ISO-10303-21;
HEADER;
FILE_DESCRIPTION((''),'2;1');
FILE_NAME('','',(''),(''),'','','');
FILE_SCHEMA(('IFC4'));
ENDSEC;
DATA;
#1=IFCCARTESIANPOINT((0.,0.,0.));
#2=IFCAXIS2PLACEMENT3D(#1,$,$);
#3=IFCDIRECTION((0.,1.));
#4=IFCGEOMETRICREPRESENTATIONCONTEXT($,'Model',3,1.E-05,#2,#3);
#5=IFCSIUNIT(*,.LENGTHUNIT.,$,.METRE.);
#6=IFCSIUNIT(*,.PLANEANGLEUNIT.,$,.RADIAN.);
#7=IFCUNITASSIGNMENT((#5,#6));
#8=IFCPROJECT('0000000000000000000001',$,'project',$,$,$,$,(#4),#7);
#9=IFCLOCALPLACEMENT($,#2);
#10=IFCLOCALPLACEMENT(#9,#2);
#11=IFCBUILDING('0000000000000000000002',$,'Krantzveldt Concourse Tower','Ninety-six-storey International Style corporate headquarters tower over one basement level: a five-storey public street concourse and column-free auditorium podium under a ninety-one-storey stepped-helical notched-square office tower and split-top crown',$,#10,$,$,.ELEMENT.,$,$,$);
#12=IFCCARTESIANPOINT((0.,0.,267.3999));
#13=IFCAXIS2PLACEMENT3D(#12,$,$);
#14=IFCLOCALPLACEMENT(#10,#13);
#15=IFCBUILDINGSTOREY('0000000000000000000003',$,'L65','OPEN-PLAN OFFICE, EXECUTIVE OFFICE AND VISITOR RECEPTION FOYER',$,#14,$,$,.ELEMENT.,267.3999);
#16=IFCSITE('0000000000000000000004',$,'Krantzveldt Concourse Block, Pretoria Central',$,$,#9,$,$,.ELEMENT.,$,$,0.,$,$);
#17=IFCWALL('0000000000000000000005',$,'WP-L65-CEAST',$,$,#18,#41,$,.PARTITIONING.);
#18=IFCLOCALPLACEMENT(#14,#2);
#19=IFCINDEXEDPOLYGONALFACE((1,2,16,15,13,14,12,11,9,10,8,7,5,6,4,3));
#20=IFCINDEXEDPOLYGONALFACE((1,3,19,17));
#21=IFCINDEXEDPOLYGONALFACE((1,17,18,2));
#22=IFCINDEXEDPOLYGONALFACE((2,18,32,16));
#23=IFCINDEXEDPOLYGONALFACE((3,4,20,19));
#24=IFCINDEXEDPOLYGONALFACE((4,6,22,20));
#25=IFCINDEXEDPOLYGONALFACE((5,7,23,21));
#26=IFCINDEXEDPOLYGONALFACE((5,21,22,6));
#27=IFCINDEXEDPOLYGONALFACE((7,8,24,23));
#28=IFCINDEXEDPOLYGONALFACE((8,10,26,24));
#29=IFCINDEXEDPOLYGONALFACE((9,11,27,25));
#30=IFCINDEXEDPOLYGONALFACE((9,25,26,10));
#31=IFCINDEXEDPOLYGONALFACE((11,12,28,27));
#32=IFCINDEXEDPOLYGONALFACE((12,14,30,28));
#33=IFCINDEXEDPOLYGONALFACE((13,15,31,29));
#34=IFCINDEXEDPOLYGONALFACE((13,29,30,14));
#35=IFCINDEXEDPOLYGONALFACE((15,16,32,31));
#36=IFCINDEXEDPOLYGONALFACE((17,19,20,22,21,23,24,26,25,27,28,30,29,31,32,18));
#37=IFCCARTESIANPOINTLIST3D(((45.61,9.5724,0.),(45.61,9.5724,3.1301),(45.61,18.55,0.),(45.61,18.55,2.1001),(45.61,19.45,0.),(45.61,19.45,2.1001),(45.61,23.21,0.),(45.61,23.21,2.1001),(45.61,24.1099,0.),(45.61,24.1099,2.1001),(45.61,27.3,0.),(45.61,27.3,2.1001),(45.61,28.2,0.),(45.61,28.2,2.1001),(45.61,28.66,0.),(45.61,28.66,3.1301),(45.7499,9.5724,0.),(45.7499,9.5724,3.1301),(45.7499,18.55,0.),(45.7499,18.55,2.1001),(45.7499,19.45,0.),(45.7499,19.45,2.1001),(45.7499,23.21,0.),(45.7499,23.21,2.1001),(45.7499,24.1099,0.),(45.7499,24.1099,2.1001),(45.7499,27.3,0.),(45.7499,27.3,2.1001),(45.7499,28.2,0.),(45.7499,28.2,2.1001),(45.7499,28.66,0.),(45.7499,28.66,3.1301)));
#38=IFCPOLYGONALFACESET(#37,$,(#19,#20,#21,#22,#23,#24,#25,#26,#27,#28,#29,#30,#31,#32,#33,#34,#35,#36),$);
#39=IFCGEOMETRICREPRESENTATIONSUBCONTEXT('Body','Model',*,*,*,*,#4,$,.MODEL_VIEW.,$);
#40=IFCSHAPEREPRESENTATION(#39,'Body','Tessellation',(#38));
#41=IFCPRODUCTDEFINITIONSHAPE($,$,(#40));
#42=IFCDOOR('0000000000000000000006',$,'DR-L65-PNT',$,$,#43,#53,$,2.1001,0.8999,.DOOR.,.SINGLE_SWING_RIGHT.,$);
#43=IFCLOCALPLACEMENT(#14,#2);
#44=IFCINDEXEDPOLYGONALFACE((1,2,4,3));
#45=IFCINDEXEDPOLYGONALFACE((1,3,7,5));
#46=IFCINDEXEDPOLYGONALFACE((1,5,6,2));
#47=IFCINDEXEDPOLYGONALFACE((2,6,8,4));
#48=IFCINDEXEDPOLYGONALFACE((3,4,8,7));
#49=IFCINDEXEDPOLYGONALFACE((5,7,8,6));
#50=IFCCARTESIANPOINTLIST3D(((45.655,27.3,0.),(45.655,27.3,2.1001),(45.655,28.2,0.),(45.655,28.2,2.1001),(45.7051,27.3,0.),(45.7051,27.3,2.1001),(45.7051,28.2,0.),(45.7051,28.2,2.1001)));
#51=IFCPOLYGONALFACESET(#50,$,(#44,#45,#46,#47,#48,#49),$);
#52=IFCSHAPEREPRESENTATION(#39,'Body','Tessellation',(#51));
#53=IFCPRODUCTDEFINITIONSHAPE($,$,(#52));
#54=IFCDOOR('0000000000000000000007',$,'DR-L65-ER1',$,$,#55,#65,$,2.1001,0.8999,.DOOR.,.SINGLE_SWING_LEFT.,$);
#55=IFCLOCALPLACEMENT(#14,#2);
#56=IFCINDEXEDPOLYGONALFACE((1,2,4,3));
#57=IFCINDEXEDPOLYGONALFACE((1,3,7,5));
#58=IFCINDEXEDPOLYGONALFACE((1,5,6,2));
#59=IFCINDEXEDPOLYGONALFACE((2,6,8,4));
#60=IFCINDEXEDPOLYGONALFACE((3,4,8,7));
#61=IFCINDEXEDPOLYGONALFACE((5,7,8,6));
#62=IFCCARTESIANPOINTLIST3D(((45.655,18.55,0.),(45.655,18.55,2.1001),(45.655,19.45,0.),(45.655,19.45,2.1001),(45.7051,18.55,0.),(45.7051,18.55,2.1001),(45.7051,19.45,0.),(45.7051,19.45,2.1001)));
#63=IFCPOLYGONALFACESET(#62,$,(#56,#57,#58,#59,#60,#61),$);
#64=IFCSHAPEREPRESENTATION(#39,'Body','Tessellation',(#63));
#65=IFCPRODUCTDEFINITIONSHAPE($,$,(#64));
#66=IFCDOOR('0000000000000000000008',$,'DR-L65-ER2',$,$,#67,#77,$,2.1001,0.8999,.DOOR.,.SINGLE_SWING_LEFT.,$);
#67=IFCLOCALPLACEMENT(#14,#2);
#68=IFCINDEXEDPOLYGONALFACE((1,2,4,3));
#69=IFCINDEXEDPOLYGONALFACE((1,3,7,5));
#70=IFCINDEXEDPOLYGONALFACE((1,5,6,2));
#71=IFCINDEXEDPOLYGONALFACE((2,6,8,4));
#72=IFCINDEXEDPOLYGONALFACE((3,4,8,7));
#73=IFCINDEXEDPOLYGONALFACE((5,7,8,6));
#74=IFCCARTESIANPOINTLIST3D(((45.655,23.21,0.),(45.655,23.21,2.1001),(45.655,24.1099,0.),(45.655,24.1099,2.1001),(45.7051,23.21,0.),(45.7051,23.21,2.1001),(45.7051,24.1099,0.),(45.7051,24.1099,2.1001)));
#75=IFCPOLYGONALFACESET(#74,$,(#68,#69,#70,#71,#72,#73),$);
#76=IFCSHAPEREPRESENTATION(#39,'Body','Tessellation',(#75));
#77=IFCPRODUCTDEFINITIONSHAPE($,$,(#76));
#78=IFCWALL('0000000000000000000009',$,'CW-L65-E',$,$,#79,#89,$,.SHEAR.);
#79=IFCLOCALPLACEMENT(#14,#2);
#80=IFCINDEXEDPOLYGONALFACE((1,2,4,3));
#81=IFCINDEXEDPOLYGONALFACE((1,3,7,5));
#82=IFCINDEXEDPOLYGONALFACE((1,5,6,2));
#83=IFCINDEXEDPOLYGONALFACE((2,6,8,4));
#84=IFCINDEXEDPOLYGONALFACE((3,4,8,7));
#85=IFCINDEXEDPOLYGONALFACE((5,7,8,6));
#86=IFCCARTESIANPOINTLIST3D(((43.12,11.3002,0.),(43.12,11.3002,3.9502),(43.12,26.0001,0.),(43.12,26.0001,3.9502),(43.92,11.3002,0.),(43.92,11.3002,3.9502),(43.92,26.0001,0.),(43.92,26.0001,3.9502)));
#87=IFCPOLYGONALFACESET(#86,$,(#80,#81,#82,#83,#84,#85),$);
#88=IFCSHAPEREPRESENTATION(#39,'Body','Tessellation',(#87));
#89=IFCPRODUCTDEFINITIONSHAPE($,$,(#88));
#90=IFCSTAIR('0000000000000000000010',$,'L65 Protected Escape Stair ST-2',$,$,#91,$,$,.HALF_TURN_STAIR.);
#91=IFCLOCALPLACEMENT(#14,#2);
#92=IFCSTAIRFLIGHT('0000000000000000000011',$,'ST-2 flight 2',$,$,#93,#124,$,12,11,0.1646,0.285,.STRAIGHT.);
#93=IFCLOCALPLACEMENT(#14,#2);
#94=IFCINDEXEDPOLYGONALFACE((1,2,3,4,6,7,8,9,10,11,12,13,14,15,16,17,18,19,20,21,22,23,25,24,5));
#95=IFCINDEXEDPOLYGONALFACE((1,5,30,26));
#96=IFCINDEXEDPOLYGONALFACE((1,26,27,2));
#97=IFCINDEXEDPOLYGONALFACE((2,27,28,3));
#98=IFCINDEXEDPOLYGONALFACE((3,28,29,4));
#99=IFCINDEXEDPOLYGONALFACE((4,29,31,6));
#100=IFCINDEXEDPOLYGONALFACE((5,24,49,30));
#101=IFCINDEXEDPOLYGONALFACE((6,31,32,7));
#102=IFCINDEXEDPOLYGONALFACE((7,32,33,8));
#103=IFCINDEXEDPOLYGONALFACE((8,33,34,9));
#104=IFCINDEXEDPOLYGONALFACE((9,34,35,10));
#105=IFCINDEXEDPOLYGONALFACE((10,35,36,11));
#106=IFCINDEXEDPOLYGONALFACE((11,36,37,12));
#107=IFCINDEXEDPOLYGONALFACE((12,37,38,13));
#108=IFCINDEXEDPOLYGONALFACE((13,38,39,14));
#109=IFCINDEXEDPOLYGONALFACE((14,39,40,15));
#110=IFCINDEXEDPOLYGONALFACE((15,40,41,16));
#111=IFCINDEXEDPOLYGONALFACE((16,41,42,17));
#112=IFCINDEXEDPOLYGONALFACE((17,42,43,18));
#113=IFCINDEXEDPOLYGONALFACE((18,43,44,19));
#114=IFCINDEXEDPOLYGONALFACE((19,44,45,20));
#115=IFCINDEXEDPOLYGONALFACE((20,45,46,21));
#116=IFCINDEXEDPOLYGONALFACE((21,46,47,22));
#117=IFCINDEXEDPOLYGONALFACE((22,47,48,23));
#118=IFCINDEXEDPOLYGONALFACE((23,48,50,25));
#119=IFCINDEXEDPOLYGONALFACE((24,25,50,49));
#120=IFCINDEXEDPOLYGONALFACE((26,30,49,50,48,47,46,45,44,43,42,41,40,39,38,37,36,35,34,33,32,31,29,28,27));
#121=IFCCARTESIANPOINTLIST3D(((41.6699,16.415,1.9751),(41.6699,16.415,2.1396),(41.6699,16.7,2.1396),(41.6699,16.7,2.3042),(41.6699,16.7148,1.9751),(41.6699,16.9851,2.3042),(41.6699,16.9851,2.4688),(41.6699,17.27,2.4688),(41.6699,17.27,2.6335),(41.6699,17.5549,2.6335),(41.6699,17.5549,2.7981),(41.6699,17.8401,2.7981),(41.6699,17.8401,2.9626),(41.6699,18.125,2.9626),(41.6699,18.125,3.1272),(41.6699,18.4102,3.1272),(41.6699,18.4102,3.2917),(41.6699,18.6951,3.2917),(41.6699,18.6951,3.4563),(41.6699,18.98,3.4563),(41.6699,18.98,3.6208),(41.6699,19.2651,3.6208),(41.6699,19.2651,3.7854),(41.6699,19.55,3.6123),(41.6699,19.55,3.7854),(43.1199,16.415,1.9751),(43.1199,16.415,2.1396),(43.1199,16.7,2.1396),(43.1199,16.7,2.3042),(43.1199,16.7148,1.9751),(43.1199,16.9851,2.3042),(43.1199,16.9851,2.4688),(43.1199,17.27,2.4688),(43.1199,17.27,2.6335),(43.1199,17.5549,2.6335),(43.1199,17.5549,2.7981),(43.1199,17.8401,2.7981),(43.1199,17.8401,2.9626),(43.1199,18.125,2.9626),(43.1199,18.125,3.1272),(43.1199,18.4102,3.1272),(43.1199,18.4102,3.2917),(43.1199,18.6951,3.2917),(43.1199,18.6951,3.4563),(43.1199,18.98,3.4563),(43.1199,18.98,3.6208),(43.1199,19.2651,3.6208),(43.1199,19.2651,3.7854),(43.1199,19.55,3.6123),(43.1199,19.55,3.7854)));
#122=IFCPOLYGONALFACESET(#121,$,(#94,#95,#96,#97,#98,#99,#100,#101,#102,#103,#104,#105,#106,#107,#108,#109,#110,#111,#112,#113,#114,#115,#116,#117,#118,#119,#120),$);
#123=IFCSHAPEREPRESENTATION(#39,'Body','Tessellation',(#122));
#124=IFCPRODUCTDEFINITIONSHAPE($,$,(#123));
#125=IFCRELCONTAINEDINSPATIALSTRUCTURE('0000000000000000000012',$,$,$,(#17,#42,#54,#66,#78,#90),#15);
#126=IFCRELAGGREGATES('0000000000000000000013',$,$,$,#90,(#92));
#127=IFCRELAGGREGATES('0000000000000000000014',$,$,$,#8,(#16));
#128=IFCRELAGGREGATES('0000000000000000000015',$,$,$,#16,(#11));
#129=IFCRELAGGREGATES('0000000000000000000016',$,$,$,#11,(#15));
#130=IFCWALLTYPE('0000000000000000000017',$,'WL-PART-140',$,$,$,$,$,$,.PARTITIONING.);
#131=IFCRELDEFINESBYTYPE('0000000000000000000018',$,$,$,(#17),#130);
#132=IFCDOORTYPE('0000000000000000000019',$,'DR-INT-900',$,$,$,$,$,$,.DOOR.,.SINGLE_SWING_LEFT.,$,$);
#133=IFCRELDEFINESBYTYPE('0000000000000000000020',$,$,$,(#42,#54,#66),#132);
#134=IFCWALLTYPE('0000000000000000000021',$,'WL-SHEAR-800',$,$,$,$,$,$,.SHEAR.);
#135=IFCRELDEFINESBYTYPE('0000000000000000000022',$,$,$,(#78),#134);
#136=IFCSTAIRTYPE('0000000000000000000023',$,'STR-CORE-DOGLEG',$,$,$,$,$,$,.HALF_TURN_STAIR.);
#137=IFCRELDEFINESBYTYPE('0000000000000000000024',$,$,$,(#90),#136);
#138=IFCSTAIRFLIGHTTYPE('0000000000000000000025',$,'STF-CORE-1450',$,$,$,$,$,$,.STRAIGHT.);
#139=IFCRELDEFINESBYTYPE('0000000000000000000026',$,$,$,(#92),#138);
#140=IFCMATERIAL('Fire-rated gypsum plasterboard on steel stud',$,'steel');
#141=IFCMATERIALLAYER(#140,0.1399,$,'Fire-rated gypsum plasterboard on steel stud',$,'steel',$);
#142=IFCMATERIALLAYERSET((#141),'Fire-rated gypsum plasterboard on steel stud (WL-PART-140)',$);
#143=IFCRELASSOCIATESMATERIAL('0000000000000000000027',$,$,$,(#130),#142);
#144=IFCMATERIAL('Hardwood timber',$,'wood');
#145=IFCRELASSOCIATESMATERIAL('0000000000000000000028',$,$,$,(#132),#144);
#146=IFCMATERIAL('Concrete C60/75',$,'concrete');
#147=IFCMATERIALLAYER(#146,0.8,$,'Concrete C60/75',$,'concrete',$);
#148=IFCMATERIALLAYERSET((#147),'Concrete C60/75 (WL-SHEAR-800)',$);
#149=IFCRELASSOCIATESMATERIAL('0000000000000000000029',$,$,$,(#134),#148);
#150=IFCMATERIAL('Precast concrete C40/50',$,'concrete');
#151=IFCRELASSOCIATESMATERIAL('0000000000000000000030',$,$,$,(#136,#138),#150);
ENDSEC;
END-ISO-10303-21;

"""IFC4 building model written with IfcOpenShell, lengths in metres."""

from ifc_helpers import new_model, si_unit, direction, frame, frame_2d, origin, place, context, subcontext, project, spatial, polyline, rectangle, outline, extrude, material, layer, layer_set, type_object, element, fill, aggregate, save


model = new_model("IFC4")

# Units and contexts
model_context = context("Model", 3, precision=1e-05, world=origin(), true_north=direction((0.0, 1.0)))
body_context = subcontext(model_context, "Body", "Model", "MODEL_VIEW")
ifc_project = project(units=[si_unit("LENGTHUNIT", "METRE"), si_unit("PLANEANGLEUNIT", "RADIAN")], contexts=[model_context])

# Site, building, storey
site_placement = place(None, origin())
site = spatial("IfcSite", under=ifc_project, at=site_placement, Name="Krantzveldt Concourse Block, Pretoria Central", CompositionType="ELEMENT", RefElevation=0.0)
building_placement = place(site_placement, origin())
building = spatial("IfcBuilding", under=site, at=building_placement, Name="Krantzveldt Concourse Tower", Description="Ninety-six-storey International Style corporate headquarters tower over one basement level: a five-storey public street concourse and column-free auditorium podium under a ninety-one-storey stepped-helical notched-square office tower and split-top crown", CompositionType="ELEMENT")
storey_placement = place(building_placement, frame((0.0, 0.0, 267.3999)))
storey = spatial("IfcBuildingStorey", under=building, at=storey_placement, Name="L65", Description="OPEN-PLAN OFFICE, EXECUTIVE OFFICE AND VISITOR RECEPTION FOYER", CompositionType="ELEMENT", Elevation=267.3999)

# Wall, openings, doors
ifc_material_1 = material(Name="Fire-rated gypsum plasterboard on steel stud", Category="steel")
ifc_layer_1 = layer(ifc_material_1, 0.1399, Name="Fire-rated gypsum plasterboard on steel stud", Category="steel")
ifc_layer_set_1 = layer_set([ifc_layer_1], Name="Fire-rated gypsum plasterboard on steel stud (WL-PART-140)")
wall_type_1 = type_object("IfcWallType", Name="WL-PART-140", PredefinedType="PARTITIONING", material=ifc_layer_set_1)
wall_1_placement = place(storey_placement, frame((45.6799, 9.5723, 0.0), z_axis=(0.0, 0.0, 1.0), x_axis=(0.0, 1.0, 0.0)))
wall_1 = element("IfcWall", 1, at=wall_1_placement, inside=storey, type_object=wall_type_1, Name="WP-L65-CEAST", PredefinedType="PARTITIONING", context=body_context, shape_type="SweptSolid", body=[
    extrude(rectangle(XDim=19.0876, YDim=0.1399, at=frame_2d((9.5439, 0.0))), origin(), (0.0, 0.0, 1.0), 3.1301),
])
opening_1_placement = place(wall_1_placement, frame((17.7278, 0.0, 0.0)))
opening_1 = element("IfcOpeningElement", 2, at=opening_1_placement, cuts=wall_1, PredefinedType="OPENING", context=body_context, shape_type="SweptSolid", body=[
    extrude(rectangle(XDim=0.8999, YDim=2.1001, at=frame_2d((0.45, 1.05))), frame((0.0, 0.0801, 0.0), z_axis=(0.0, -1.0, 0.0), x_axis=(1.0, 0.0, 0.0)), (0.0, 0.0, 1.0), 0.1599),
])
opening_2_placement = place(wall_1_placement, frame((8.9778, 0.0, 0.0)))
opening_2 = element("IfcOpeningElement", 3, at=opening_2_placement, cuts=wall_1, PredefinedType="OPENING", context=body_context, shape_type="SweptSolid", body=[
    extrude(rectangle(XDim=0.8999, YDim=2.1001, at=frame_2d((0.45, 1.05))), frame((0.0, 0.0801, 0.0), z_axis=(0.0, -1.0, 0.0), x_axis=(1.0, 0.0, 0.0)), (0.0, 0.0, 1.0), 0.1599),
])
opening_3_placement = place(wall_1_placement, frame((13.6377, 0.0, 0.0)))
opening_3 = element("IfcOpeningElement", 4, at=opening_3_placement, cuts=wall_1, PredefinedType="OPENING", context=body_context, shape_type="SweptSolid", body=[
    extrude(rectangle(XDim=0.8999, YDim=2.1001, at=frame_2d((0.45, 1.05))), frame((0.0, 0.0801, 0.0), z_axis=(0.0, -1.0, 0.0), x_axis=(1.0, 0.0, 0.0)), (0.0, 0.0, 1.0), 0.1599),
])
ifc_material_2 = material(Name="Hardwood timber", Category="wood")
door_type = type_object("IfcDoorType", Name="DR-INT-900", OperationType="SINGLE_SWING_LEFT", PredefinedType="DOOR", material=ifc_material_2)
door_1_placement = place(opening_1_placement, origin())
door_1 = element("IfcDoor", 5, at=door_1_placement, inside=storey, type_object=door_type, Name="DR-L65-PNT", OperationType="SINGLE_SWING_RIGHT", OverallHeight=2.1001, OverallWidth=0.8999, PredefinedType="DOOR", context=body_context, shape_type="SweptSolid", body=[
    extrude(rectangle(XDim=0.8999, YDim=2.1001, at=frame_2d((0.45, 1.05))), frame((0.0, 0.0249, 0.0), z_axis=(0.0, -1.0, 0.0), x_axis=(1.0, 0.0, 0.0)), (0.0, 0.0, 1.0), 0.05),
])
fill(opening_1, door_1)
door_2_placement = place(opening_2_placement, origin())
door_2 = element("IfcDoor", 6, at=door_2_placement, inside=storey, type_object=door_type, Name="DR-L65-ER1", OperationType="SINGLE_SWING_LEFT", OverallHeight=2.1001, OverallWidth=0.8999, PredefinedType="DOOR", context=body_context, shape_type="SweptSolid", body=[
    extrude(rectangle(XDim=0.8999, YDim=2.1001, at=frame_2d((0.45, 1.05))), frame((0.0, 0.0249, 0.0), z_axis=(0.0, -1.0, 0.0), x_axis=(1.0, 0.0, 0.0)), (0.0, 0.0, 1.0), 0.05),
])
fill(opening_2, door_2)
door_3_placement = place(opening_3_placement, origin())
door_3 = element("IfcDoor", 7, at=door_3_placement, inside=storey, type_object=door_type, Name="DR-L65-ER2", OperationType="SINGLE_SWING_LEFT", OverallHeight=2.1001, OverallWidth=0.8999, PredefinedType="DOOR", context=body_context, shape_type="SweptSolid", body=[
    extrude(rectangle(XDim=0.8999, YDim=2.1001, at=frame_2d((0.45, 1.05))), frame((0.0, 0.0249, 0.0), z_axis=(0.0, -1.0, 0.0), x_axis=(1.0, 0.0, 0.0)), (0.0, 0.0, 1.0), 0.05),
])
fill(opening_3, door_3)

# Wall
ifc_material_3 = material(Name="Concrete C60/75", Category="concrete")
ifc_layer_2 = layer(ifc_material_3, 0.8, Name="Concrete C60/75", Category="concrete")
ifc_layer_set_2 = layer_set([ifc_layer_2], Name="Concrete C60/75 (WL-SHEAR-800)")
wall_type_2 = type_object("IfcWallType", Name="WL-SHEAR-800", PredefinedType="SHEAR", material=ifc_layer_set_2)
wall_2_placement = place(storey_placement, frame((43.52, 11.3, 0.0), z_axis=(0.0, 0.0, 1.0), x_axis=(0.0, 1.0, 0.0)))
element("IfcWall", 8, at=wall_2_placement, inside=storey, type_object=wall_type_2, Name="CW-L65-E", PredefinedType="SHEAR", context=body_context, shape_type="SweptSolid", body=[
    extrude(rectangle(XDim=14.7, YDim=0.8, at=frame_2d((7.3501, 0.0))), origin(), (0.0, 0.0, 1.0), 3.9502),
])

# Stair, stair flight
ifc_material_4 = material(Name="Precast concrete C40/50", Category="concrete")
stair_type = type_object("IfcStairType", Name="STR-CORE-DOGLEG", PredefinedType="HALF_TURN_STAIR", material=ifc_material_4)
stair_placement = place(storey_placement, origin())
stair = element("IfcStair", 9, at=stair_placement, inside=storey, type_object=stair_type, Name="L65 Protected Escape Stair ST-2", PredefinedType="HALF_TURN_STAIR")
stair_flight_type = type_object("IfcStairFlightType", Name="STF-CORE-1450", PredefinedType="STRAIGHT", material=ifc_material_4)
stair_flight_placement = place(storey_placement, frame((42.395, 16.415, 1.9751), z_axis=(0.0, 0.0, 1.0), x_axis=(0.0, 1.0, 0.0)))
stair_flight = element("IfcStairFlight", 10, at=stair_flight_placement, type_object=stair_flight_type, Name="ST-2 flight 2", NumberOfRisers=12, NumberOfTreads=11, PredefinedType="STRAIGHT", RiserHeight=0.1646, TreadLength=0.285, context=body_context, shape_type="SweptSolid", body=[
    extrude(outline(polyline([(0.0, 0.0), (0.0, 0.1646), (0.2849, 0.1646), (0.2849, 0.3291), (0.5701, 0.3291), (0.5701, 0.4937), (0.855, 0.4937), (0.855, 0.6584), (1.1399, 0.6584), (1.1399, 0.823), (1.425, 0.823), (1.425, 0.9875), (1.71, 0.9875), (1.71, 1.1521), (1.9951, 1.1521), (1.9951, 1.3167), (2.28, 1.3167), (2.28, 1.4812), (2.5649, 1.4812), (2.5649, 1.6458), (2.8501, 1.6458), (2.8501, 1.8103), (3.135, 1.8103), (3.135, 1.9751), (3.135, 1.6372), (0.2998, 0.0), (0.0, 0.0)])), frame((0.0, 0.7251, 0.0), z_axis=(0.0, -1.0, 0.0), x_axis=(1.0, 0.0, 0.0)), (0.0, 0.0, 1.0), 1.45),
])
aggregate(stair, [stair_flight])

save(model, "model.ifc")
